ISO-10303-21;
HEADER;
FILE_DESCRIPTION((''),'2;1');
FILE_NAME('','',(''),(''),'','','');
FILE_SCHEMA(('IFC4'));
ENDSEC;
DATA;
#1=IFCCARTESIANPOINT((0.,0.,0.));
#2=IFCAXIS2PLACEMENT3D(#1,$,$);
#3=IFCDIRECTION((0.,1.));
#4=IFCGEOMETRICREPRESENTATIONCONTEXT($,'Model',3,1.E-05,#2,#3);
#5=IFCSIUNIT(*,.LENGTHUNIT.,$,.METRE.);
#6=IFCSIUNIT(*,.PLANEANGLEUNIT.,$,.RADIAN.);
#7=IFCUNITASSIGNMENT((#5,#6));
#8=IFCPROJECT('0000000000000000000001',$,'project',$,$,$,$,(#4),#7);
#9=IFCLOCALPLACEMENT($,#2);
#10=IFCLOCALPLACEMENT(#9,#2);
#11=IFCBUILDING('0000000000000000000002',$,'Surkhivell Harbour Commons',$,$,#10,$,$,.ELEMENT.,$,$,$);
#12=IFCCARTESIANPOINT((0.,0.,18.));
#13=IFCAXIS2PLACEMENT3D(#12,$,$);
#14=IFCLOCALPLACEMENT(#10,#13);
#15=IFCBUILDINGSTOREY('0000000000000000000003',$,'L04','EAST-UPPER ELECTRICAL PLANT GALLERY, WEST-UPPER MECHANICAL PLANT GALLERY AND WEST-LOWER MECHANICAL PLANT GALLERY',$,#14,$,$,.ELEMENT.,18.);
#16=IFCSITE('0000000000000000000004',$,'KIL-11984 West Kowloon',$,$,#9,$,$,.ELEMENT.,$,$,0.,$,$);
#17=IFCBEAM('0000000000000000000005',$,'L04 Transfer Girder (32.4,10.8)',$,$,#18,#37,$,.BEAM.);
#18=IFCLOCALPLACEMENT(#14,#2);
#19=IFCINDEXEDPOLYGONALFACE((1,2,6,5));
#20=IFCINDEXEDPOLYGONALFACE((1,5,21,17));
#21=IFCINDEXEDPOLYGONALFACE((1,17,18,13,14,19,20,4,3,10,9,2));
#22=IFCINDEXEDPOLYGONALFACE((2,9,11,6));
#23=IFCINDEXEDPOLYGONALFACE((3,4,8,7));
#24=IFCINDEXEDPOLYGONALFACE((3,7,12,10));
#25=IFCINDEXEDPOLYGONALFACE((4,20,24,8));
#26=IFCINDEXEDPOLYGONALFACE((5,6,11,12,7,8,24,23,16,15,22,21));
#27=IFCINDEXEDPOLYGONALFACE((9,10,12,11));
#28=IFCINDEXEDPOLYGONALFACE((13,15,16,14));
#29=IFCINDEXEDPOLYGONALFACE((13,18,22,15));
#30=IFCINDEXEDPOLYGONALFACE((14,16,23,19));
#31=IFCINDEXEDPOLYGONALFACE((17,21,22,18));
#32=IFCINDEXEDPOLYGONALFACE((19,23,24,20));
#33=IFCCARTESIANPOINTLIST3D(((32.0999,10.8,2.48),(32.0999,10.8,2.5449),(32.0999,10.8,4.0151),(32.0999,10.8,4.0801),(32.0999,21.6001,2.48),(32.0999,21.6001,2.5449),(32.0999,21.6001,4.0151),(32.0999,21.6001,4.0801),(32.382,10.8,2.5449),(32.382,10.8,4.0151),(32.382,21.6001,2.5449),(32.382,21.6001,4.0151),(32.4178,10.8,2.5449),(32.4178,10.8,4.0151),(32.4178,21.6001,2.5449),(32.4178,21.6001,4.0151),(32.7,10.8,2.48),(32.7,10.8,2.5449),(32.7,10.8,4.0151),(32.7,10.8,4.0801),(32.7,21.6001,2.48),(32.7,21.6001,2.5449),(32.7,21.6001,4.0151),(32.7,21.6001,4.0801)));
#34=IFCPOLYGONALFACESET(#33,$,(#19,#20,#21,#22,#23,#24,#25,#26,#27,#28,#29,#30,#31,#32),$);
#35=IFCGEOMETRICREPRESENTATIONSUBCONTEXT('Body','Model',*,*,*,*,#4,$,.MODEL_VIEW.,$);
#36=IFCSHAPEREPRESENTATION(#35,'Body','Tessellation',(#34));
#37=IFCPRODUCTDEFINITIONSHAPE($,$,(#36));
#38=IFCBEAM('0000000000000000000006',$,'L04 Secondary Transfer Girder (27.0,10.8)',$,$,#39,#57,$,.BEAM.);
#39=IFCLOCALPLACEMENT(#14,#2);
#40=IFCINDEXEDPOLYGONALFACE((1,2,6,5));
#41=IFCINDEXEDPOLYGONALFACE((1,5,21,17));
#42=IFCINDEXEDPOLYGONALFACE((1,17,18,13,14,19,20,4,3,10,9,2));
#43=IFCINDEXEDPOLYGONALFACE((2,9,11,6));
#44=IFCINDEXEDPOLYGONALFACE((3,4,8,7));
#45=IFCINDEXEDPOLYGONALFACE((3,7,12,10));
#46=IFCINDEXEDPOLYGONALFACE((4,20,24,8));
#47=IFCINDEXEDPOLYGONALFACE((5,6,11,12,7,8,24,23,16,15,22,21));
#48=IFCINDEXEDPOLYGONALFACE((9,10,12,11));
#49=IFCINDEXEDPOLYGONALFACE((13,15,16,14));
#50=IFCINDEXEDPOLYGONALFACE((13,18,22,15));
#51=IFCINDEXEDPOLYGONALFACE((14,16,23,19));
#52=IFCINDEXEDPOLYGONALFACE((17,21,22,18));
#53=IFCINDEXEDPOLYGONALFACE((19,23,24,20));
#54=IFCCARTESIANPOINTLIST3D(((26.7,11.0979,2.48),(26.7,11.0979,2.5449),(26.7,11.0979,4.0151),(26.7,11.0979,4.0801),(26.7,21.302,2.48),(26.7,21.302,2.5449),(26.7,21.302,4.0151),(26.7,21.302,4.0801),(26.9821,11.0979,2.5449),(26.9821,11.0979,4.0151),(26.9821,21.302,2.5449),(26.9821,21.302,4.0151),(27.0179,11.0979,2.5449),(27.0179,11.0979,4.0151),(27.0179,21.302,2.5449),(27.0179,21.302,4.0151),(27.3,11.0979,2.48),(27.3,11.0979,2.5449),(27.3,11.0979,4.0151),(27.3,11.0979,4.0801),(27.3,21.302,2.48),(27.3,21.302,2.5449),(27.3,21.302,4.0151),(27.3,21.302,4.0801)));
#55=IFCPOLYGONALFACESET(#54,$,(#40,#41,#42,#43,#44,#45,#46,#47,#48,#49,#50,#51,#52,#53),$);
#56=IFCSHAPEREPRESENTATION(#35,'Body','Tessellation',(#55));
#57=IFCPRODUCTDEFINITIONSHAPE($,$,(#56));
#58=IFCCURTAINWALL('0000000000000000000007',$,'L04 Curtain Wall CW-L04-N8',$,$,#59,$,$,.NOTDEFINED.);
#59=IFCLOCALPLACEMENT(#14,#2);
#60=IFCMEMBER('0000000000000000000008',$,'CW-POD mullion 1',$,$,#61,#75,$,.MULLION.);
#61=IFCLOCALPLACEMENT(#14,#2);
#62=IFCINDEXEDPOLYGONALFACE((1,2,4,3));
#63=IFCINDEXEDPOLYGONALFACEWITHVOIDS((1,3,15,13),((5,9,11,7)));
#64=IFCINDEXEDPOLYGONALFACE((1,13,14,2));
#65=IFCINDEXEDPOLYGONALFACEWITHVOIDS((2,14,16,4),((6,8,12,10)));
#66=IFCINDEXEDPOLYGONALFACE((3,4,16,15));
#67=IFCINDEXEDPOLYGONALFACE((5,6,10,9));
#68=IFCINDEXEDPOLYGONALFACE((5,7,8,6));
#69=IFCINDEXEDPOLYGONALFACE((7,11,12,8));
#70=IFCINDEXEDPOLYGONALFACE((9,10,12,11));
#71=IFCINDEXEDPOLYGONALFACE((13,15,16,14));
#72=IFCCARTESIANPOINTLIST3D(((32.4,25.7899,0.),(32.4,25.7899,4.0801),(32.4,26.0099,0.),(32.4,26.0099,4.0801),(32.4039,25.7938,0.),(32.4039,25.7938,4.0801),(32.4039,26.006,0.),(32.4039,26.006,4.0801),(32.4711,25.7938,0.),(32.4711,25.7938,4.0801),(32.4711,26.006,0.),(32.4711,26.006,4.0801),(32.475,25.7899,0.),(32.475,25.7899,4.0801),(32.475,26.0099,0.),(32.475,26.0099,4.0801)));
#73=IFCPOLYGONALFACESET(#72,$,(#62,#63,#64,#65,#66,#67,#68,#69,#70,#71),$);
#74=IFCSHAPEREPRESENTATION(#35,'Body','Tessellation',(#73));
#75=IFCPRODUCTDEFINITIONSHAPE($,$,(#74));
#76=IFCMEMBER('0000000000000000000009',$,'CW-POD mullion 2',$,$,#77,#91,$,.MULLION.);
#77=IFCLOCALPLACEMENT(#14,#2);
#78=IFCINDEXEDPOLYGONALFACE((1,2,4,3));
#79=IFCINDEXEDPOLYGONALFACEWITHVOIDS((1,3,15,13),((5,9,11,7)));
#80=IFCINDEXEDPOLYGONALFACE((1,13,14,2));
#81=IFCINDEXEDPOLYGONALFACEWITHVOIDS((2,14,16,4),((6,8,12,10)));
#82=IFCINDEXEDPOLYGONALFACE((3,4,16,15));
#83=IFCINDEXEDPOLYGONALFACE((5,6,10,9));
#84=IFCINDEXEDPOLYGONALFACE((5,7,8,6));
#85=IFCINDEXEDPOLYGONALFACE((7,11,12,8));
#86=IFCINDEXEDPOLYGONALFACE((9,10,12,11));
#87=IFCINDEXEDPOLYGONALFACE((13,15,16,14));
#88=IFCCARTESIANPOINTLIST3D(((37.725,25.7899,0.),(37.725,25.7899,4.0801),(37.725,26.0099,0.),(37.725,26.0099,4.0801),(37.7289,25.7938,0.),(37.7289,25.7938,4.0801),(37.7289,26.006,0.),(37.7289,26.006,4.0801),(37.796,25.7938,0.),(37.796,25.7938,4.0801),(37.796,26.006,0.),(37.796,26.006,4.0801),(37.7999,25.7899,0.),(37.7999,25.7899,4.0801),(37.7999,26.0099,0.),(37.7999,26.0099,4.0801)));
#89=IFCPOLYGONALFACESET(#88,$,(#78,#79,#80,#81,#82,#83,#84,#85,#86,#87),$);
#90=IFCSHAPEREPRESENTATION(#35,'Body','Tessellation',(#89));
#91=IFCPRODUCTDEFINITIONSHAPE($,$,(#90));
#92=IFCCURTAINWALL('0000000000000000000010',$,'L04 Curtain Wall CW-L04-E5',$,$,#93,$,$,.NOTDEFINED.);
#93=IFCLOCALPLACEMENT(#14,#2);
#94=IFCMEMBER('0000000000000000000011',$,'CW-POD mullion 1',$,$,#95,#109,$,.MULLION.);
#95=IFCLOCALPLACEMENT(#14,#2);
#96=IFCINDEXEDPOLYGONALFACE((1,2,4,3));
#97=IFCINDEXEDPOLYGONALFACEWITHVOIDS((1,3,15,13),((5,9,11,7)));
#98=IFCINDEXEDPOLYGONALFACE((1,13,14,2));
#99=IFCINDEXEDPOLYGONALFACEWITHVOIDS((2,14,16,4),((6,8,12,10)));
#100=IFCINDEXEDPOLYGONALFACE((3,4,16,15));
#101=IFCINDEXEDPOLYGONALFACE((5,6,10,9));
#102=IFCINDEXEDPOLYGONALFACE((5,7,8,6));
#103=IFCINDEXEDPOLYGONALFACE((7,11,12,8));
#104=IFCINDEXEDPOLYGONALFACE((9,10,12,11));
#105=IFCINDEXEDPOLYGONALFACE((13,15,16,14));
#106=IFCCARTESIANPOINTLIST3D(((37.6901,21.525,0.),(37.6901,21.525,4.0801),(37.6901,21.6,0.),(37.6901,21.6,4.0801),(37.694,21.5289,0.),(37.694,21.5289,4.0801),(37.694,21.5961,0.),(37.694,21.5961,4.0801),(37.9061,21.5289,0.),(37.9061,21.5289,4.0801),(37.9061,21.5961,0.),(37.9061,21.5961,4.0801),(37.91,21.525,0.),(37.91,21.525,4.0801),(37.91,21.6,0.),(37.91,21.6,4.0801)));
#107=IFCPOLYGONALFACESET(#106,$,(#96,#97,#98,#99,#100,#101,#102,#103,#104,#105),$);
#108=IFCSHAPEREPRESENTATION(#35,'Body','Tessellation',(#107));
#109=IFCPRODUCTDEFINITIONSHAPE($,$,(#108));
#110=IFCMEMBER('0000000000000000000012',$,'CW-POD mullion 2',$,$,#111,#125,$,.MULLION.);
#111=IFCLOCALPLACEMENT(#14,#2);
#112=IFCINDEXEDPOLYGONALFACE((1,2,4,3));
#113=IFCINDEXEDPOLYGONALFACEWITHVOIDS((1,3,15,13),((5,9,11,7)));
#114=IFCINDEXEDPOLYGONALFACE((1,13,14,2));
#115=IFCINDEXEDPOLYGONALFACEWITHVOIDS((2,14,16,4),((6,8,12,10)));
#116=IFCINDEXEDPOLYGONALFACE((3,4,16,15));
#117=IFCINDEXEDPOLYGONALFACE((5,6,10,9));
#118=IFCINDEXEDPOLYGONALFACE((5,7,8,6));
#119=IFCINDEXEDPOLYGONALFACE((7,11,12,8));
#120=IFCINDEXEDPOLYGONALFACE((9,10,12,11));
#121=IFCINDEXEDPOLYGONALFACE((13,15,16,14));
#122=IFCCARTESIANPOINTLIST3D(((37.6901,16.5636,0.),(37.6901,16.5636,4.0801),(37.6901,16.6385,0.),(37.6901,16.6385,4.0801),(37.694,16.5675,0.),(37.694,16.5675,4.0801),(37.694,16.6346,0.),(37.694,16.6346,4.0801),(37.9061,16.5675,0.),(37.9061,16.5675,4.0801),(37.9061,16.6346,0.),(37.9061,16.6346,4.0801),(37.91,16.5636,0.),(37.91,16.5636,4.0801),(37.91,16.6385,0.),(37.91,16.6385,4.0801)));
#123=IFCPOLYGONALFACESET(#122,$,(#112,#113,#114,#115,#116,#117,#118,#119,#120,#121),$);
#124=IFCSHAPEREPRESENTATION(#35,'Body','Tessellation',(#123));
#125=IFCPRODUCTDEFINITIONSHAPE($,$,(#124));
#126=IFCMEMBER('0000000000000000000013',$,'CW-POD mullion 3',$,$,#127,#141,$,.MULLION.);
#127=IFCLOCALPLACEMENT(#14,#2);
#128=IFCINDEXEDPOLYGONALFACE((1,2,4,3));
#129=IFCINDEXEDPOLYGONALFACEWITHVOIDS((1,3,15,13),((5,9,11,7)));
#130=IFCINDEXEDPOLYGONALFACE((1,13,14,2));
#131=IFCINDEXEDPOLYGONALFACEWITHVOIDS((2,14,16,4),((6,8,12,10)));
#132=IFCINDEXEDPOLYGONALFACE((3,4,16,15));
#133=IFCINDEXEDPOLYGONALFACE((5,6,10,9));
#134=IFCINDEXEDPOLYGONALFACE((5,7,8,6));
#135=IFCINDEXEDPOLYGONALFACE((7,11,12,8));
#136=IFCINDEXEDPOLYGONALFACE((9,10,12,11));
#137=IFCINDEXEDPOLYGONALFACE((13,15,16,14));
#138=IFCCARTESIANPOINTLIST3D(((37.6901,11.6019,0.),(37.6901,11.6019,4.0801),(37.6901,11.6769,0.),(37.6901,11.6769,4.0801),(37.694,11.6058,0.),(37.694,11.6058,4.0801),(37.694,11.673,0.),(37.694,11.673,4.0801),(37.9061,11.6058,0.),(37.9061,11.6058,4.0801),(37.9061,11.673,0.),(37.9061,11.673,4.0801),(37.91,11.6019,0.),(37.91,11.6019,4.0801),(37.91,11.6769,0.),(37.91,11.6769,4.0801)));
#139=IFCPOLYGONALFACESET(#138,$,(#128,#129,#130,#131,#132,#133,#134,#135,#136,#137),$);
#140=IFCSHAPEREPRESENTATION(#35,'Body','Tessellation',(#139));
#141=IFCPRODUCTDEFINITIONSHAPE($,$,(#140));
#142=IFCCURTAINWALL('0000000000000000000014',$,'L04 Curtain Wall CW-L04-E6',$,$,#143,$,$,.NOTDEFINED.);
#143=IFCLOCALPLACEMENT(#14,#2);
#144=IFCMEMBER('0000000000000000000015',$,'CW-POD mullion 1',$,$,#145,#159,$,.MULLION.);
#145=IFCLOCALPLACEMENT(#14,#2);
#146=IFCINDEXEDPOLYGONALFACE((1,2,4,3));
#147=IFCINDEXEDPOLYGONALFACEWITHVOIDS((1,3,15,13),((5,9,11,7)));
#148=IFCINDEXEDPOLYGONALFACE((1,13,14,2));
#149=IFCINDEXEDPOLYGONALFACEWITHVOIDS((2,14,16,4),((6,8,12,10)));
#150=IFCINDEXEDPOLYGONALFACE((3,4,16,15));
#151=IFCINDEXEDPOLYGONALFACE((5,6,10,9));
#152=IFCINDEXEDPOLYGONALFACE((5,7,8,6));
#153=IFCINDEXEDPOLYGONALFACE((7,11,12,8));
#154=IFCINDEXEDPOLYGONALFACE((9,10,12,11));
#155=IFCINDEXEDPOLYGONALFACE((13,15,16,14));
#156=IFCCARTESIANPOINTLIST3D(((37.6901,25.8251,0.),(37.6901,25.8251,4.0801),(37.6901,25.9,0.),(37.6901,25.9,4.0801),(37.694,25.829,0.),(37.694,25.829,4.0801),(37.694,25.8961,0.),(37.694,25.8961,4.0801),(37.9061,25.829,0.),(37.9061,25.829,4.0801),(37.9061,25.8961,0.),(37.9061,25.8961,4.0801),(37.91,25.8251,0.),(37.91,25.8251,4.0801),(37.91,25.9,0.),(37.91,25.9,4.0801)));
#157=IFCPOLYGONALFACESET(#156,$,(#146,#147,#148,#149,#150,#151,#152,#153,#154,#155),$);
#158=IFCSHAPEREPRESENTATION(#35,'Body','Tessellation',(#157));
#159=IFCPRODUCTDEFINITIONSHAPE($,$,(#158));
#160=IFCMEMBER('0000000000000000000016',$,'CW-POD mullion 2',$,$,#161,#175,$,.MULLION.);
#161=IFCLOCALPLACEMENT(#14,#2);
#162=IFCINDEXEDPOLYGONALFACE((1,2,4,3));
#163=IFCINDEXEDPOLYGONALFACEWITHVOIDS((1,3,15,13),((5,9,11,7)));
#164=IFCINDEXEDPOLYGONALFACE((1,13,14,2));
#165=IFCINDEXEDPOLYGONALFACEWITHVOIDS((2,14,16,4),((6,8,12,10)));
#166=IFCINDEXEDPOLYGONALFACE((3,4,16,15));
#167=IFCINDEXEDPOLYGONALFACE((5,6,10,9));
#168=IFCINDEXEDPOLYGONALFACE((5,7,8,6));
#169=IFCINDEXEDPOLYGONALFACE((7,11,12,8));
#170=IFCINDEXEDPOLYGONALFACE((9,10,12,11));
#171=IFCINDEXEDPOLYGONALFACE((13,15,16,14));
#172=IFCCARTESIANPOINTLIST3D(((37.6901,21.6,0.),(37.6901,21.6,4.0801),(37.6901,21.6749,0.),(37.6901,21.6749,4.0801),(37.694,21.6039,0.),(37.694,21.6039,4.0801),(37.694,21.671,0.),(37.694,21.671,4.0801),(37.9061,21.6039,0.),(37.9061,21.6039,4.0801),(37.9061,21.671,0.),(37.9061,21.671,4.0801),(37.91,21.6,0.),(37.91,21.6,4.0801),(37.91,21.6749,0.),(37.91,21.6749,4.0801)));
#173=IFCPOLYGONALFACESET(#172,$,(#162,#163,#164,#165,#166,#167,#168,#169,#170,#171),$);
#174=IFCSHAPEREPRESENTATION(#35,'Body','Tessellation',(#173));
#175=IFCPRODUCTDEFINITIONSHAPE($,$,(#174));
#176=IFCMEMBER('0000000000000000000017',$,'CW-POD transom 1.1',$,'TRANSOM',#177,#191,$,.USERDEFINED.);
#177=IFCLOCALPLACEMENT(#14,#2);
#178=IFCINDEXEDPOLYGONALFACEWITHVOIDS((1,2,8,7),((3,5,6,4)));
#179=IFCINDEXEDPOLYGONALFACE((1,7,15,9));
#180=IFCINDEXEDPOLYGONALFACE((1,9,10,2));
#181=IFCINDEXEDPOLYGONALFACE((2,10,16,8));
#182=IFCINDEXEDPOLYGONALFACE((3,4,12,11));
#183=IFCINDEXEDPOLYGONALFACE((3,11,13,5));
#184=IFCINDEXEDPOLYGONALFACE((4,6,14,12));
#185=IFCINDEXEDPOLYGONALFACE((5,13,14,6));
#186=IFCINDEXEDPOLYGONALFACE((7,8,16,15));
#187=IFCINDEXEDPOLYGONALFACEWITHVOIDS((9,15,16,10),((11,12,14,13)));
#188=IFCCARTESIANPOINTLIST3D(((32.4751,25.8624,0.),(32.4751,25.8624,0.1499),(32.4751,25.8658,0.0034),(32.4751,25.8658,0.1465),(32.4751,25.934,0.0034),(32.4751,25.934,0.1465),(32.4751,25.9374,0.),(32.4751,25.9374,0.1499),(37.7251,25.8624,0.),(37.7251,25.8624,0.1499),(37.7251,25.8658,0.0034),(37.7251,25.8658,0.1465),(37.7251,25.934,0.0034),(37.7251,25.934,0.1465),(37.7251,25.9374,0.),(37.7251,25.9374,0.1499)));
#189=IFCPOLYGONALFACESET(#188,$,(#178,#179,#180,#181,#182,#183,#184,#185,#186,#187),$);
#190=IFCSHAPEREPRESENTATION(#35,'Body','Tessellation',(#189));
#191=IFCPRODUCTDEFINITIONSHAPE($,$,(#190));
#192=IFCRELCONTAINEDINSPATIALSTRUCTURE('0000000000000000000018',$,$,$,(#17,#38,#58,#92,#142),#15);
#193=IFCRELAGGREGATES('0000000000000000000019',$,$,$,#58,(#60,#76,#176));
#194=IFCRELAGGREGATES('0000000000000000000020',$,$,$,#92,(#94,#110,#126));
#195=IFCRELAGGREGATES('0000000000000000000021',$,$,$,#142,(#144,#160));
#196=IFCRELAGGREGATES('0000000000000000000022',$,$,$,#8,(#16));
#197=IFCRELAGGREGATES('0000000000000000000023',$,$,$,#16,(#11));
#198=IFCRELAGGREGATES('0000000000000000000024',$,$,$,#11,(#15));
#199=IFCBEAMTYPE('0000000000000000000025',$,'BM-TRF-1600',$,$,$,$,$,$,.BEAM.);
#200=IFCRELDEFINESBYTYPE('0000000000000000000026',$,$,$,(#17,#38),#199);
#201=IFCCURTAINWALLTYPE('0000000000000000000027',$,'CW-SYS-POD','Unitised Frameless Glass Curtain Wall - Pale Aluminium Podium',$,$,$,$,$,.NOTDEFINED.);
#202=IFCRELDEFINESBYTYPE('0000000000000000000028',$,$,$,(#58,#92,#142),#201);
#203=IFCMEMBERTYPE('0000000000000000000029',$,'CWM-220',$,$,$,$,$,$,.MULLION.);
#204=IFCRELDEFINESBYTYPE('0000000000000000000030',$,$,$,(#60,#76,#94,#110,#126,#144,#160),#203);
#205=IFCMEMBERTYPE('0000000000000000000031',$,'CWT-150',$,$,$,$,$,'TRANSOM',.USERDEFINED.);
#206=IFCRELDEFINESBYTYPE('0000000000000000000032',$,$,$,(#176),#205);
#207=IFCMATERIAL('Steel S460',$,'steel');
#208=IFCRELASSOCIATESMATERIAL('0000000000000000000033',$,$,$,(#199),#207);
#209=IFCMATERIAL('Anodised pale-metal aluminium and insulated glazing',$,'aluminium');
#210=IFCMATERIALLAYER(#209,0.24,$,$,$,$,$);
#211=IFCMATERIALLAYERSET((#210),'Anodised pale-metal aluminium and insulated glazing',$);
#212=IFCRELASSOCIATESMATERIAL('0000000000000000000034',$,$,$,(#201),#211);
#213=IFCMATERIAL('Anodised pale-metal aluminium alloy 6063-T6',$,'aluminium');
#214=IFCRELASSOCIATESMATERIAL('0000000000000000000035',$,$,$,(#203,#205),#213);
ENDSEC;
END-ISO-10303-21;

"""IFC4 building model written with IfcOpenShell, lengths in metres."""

from ifc_helpers import new_model, si_unit, direction, frame, origin, origin_2d, place, context, subcontext, project, spatial, hollow_rectangle, i_section, extrude, material, layer, layer_set, material_profile, profile_set, type_object, element, aggregate, save


model = new_model("IFC4")

# Units and contexts
model_context = context("Model", 3, precision=1e-05, world=origin(), true_north=direction((0.0, 1.0)))
body_context = subcontext(model_context, "Body", "Model", "MODEL_VIEW")
ifc_project = project(units=[si_unit("LENGTHUNIT", "METRE"), si_unit("PLANEANGLEUNIT", "RADIAN")], contexts=[model_context])

# Site, building, storey
site_placement = place(None, origin())
site = spatial("IfcSite", under=ifc_project, at=site_placement, Name="KIL-11984 West Kowloon", CompositionType="ELEMENT", RefElevation=0.0)
building_placement = place(site_placement, origin())
building = spatial("IfcBuilding", under=site, at=building_placement, Name="Surkhivell Harbour Commons", CompositionType="ELEMENT")
storey_placement = place(building_placement, frame((0.0, 0.0, 18.0)))
storey = spatial("IfcBuildingStorey", under=building, at=storey_placement, Name="L04", Description="EAST-UPPER ELECTRICAL PLANT GALLERY, WEST-UPPER MECHANICAL PLANT GALLERY AND WEST-LOWER MECHANICAL PLANT GALLERY", CompositionType="ELEMENT", Elevation=18.0)

# Beams
ifc_material_1 = material(Name="Steel S460", Category="steel")
ifc_material_profile_1 = material_profile(ifc_material_1, i_section(OverallWidth=0.6001, OverallDepth=1.6001, WebThickness=0.0359, FlangeThickness=0.0649, at=origin_2d()), Name="WPG1600x600x296")
ifc_profile_set_1 = profile_set([ifc_material_profile_1], Name="Steel S460")
beam_type_1 = type_object("IfcBeamType", Name="BM-TRF-1600", PredefinedType="BEAM", material=ifc_profile_set_1)
beam_1_placement = place(storey_placement, frame((32.3999, 10.8, 3.28), z_axis=(0.0, 1.0, 0.0), x_axis=(-1.0, 0.0, 0.0)))
element("IfcBeam", 1, at=beam_1_placement, inside=storey, type_object=beam_type_1, Name="L04 Transfer Girder (32.4,10.8)", PredefinedType="BEAM", context=body_context, shape_type="SweptSolid", body=[
    extrude(i_section(OverallWidth=0.6001, OverallDepth=1.6001, WebThickness=0.0359, FlangeThickness=0.0649, at=origin_2d()), origin(), (0.0, 0.0, 1.0), 10.8),
])
beam_2_placement = place(storey_placement, frame((27.0, 11.0979, 3.28), z_axis=(0.0, 1.0, 0.0), x_axis=(-1.0, 0.0, 0.0)))
element("IfcBeam", 2, at=beam_2_placement, inside=storey, type_object=beam_type_1, Name="L04 Secondary Transfer Girder (27.0,10.8)", PredefinedType="BEAM", context=body_context, shape_type="SweptSolid", body=[
    extrude(i_section(OverallWidth=0.6001, OverallDepth=1.6001, WebThickness=0.0359, FlangeThickness=0.0649, at=origin_2d()), origin(), (0.0, 0.0, 1.0), 10.2041),
])

# Curtain walls, members
ifc_material_2 = material(Name="Anodised pale-metal aluminium and insulated glazing", Category="aluminium")
ifc_layer_1 = layer(ifc_material_2, 0.24)
ifc_layer_set_1 = layer_set([ifc_layer_1], Name="Anodised pale-metal aluminium and insulated glazing")
curtain_wall_type = type_object("IfcCurtainWallType", Name="CW-SYS-POD", Description="Unitised Frameless Glass Curtain Wall - Pale Aluminium Podium", PredefinedType="NOTDEFINED", material=ifc_layer_set_1)
curtain_wall_1_placement = place(storey_placement, origin())
curtain_wall_1 = element("IfcCurtainWall", 3, at=curtain_wall_1_placement, inside=storey, type_object=curtain_wall_type, Name="L04 Curtain Wall CW-L04-N8", PredefinedType="NOTDEFINED")
ifc_material_3 = material(Name="Anodised pale-metal aluminium alloy 6063-T6", Category="aluminium")
ifc_material_profile_2 = material_profile(ifc_material_3, hollow_rectangle(XDim=0.075, YDim=0.22, WallThickness=0.0039, at=origin_2d()), Name="ALU-MULL-75x220")
ifc_profile_set_2 = profile_set([ifc_material_profile_2], Name="Anodised pale-metal aluminium alloy 6063-T6")
member_type_1 = type_object("IfcMemberType", Name="CWM-220", PredefinedType="MULLION", material=ifc_profile_set_2)
member_1_placement = place(storey_placement, frame((32.4375, 25.8999, 0.0), z_axis=(0.0, 0.0, 1.0), x_axis=(1.0, 0.0, 0.0)))
member_1 = element("IfcMember", 4, at=member_1_placement, type_object=member_type_1, Name="CW-POD mullion 1", PredefinedType="MULLION", context=body_context, shape_type="SweptSolid", body=[
    extrude(hollow_rectangle(XDim=0.075, YDim=0.22, WallThickness=0.0039, at=origin_2d()), origin(), (0.0, 0.0, 1.0), 4.0801),
])
member_2_placement = place(storey_placement, frame((37.7625, 25.8999, 0.0), z_axis=(0.0, 0.0, 1.0), x_axis=(1.0, 0.0, 0.0)))
member_2 = element("IfcMember", 5, at=member_2_placement, type_object=member_type_1, Name="CW-POD mullion 2", PredefinedType="MULLION", context=body_context, shape_type="SweptSolid", body=[
    extrude(hollow_rectangle(XDim=0.075, YDim=0.22, WallThickness=0.0039, at=origin_2d()), origin(), (0.0, 0.0, 1.0), 4.0801),
])
curtain_wall_2_placement = place(storey_placement, origin())
curtain_wall_2 = element("IfcCurtainWall", 6, at=curtain_wall_2_placement, inside=storey, type_object=curtain_wall_type, Name="L04 Curtain Wall CW-L04-E5", PredefinedType="NOTDEFINED")
member_3_placement = place(storey_placement, frame((37.8, 21.5625, 0.0), z_axis=(0.0, 0.0, 1.0), x_axis=(0.0, -1.0, 0.0)))
member_3 = element("IfcMember", 7, at=member_3_placement, type_object=member_type_1, Name="CW-POD mullion 1", PredefinedType="MULLION", context=body_context, shape_type="SweptSolid", body=[
    extrude(hollow_rectangle(XDim=0.075, YDim=0.22, WallThickness=0.0039, at=origin_2d()), origin(), (0.0, 0.0, 1.0), 4.0801),
])
member_4_placement = place(storey_placement, frame((37.8, 16.6011, 0.0), z_axis=(0.0, 0.0, 1.0), x_axis=(0.0, -1.0, 0.0)))
member_4 = element("IfcMember", 8, at=member_4_placement, type_object=member_type_1, Name="CW-POD mullion 2", PredefinedType="MULLION", context=body_context, shape_type="SweptSolid", body=[
    extrude(hollow_rectangle(XDim=0.075, YDim=0.22, WallThickness=0.0039, at=origin_2d()), origin(), (0.0, 0.0, 1.0), 4.0801),
])
member_5_placement = place(storey_placement, frame((37.8, 11.6394, 0.0), z_axis=(0.0, 0.0, 1.0), x_axis=(0.0, -1.0, 0.0)))
member_5 = element("IfcMember", 9, at=member_5_placement, type_object=member_type_1, Name="CW-POD mullion 3", PredefinedType="MULLION", context=body_context, shape_type="SweptSolid", body=[
    extrude(hollow_rectangle(XDim=0.075, YDim=0.22, WallThickness=0.0039, at=origin_2d()), origin(), (0.0, 0.0, 1.0), 4.0801),
])
curtain_wall_3_placement = place(storey_placement, origin())
curtain_wall_3 = element("IfcCurtainWall", 10, at=curtain_wall_3_placement, inside=storey, type_object=curtain_wall_type, Name="L04 Curtain Wall CW-L04-E6", PredefinedType="NOTDEFINED")
member_6_placement = place(storey_placement, frame((37.8, 25.8625, 0.0), z_axis=(0.0, 0.0, 1.0), x_axis=(0.0, -1.0, 0.0)))
member_6 = element("IfcMember", 11, at=member_6_placement, type_object=member_type_1, Name="CW-POD mullion 1", PredefinedType="MULLION", context=body_context, shape_type="SweptSolid", body=[
    extrude(hollow_rectangle(XDim=0.075, YDim=0.22, WallThickness=0.0039, at=origin_2d()), origin(), (0.0, 0.0, 1.0), 4.0801),
])
member_7_placement = place(storey_placement, frame((37.8, 21.6375, 0.0), z_axis=(0.0, 0.0, 1.0), x_axis=(0.0, -1.0, 0.0)))
member_7 = element("IfcMember", 12, at=member_7_placement, type_object=member_type_1, Name="CW-POD mullion 2", PredefinedType="MULLION", context=body_context, shape_type="SweptSolid", body=[
    extrude(hollow_rectangle(XDim=0.075, YDim=0.22, WallThickness=0.0039, at=origin_2d()), origin(), (0.0, 0.0, 1.0), 4.0801),
])

# Member
ifc_material_profile_3 = material_profile(ifc_material_3, hollow_rectangle(XDim=0.075, YDim=0.1499, WallThickness=0.0034, at=origin_2d()), Name="ALU-TRAN-75x150")
ifc_profile_set_3 = profile_set([ifc_material_profile_3], Name="Anodised pale-metal aluminium alloy 6063-T6")
member_type_2 = type_object("IfcMemberType", Name="CWT-150", ElementType="TRANSOM", PredefinedType="USERDEFINED", material=ifc_profile_set_3)
member_8_placement = place(storey_placement, frame((32.4751, 25.8999, 0.075), z_axis=(1.0, 0.0, 0.0), x_axis=(0.0, 1.0, 0.0)))
member_8 = element("IfcMember", 13, at=member_8_placement, type_object=member_type_2, Name="CW-POD transom 1.1", ObjectType="TRANSOM", PredefinedType="USERDEFINED", context=body_context, shape_type="SweptSolid", body=[
    extrude(hollow_rectangle(XDim=0.075, YDim=0.1499, WallThickness=0.0034, at=origin_2d()), origin(), (0.0, 0.0, 1.0), 5.25),
])

aggregate(curtain_wall_1, [member_1, member_2, member_8])
aggregate(curtain_wall_2, [member_3, member_4, member_5])
aggregate(curtain_wall_3, [member_6, member_7])

save(model, "model.ifc")
